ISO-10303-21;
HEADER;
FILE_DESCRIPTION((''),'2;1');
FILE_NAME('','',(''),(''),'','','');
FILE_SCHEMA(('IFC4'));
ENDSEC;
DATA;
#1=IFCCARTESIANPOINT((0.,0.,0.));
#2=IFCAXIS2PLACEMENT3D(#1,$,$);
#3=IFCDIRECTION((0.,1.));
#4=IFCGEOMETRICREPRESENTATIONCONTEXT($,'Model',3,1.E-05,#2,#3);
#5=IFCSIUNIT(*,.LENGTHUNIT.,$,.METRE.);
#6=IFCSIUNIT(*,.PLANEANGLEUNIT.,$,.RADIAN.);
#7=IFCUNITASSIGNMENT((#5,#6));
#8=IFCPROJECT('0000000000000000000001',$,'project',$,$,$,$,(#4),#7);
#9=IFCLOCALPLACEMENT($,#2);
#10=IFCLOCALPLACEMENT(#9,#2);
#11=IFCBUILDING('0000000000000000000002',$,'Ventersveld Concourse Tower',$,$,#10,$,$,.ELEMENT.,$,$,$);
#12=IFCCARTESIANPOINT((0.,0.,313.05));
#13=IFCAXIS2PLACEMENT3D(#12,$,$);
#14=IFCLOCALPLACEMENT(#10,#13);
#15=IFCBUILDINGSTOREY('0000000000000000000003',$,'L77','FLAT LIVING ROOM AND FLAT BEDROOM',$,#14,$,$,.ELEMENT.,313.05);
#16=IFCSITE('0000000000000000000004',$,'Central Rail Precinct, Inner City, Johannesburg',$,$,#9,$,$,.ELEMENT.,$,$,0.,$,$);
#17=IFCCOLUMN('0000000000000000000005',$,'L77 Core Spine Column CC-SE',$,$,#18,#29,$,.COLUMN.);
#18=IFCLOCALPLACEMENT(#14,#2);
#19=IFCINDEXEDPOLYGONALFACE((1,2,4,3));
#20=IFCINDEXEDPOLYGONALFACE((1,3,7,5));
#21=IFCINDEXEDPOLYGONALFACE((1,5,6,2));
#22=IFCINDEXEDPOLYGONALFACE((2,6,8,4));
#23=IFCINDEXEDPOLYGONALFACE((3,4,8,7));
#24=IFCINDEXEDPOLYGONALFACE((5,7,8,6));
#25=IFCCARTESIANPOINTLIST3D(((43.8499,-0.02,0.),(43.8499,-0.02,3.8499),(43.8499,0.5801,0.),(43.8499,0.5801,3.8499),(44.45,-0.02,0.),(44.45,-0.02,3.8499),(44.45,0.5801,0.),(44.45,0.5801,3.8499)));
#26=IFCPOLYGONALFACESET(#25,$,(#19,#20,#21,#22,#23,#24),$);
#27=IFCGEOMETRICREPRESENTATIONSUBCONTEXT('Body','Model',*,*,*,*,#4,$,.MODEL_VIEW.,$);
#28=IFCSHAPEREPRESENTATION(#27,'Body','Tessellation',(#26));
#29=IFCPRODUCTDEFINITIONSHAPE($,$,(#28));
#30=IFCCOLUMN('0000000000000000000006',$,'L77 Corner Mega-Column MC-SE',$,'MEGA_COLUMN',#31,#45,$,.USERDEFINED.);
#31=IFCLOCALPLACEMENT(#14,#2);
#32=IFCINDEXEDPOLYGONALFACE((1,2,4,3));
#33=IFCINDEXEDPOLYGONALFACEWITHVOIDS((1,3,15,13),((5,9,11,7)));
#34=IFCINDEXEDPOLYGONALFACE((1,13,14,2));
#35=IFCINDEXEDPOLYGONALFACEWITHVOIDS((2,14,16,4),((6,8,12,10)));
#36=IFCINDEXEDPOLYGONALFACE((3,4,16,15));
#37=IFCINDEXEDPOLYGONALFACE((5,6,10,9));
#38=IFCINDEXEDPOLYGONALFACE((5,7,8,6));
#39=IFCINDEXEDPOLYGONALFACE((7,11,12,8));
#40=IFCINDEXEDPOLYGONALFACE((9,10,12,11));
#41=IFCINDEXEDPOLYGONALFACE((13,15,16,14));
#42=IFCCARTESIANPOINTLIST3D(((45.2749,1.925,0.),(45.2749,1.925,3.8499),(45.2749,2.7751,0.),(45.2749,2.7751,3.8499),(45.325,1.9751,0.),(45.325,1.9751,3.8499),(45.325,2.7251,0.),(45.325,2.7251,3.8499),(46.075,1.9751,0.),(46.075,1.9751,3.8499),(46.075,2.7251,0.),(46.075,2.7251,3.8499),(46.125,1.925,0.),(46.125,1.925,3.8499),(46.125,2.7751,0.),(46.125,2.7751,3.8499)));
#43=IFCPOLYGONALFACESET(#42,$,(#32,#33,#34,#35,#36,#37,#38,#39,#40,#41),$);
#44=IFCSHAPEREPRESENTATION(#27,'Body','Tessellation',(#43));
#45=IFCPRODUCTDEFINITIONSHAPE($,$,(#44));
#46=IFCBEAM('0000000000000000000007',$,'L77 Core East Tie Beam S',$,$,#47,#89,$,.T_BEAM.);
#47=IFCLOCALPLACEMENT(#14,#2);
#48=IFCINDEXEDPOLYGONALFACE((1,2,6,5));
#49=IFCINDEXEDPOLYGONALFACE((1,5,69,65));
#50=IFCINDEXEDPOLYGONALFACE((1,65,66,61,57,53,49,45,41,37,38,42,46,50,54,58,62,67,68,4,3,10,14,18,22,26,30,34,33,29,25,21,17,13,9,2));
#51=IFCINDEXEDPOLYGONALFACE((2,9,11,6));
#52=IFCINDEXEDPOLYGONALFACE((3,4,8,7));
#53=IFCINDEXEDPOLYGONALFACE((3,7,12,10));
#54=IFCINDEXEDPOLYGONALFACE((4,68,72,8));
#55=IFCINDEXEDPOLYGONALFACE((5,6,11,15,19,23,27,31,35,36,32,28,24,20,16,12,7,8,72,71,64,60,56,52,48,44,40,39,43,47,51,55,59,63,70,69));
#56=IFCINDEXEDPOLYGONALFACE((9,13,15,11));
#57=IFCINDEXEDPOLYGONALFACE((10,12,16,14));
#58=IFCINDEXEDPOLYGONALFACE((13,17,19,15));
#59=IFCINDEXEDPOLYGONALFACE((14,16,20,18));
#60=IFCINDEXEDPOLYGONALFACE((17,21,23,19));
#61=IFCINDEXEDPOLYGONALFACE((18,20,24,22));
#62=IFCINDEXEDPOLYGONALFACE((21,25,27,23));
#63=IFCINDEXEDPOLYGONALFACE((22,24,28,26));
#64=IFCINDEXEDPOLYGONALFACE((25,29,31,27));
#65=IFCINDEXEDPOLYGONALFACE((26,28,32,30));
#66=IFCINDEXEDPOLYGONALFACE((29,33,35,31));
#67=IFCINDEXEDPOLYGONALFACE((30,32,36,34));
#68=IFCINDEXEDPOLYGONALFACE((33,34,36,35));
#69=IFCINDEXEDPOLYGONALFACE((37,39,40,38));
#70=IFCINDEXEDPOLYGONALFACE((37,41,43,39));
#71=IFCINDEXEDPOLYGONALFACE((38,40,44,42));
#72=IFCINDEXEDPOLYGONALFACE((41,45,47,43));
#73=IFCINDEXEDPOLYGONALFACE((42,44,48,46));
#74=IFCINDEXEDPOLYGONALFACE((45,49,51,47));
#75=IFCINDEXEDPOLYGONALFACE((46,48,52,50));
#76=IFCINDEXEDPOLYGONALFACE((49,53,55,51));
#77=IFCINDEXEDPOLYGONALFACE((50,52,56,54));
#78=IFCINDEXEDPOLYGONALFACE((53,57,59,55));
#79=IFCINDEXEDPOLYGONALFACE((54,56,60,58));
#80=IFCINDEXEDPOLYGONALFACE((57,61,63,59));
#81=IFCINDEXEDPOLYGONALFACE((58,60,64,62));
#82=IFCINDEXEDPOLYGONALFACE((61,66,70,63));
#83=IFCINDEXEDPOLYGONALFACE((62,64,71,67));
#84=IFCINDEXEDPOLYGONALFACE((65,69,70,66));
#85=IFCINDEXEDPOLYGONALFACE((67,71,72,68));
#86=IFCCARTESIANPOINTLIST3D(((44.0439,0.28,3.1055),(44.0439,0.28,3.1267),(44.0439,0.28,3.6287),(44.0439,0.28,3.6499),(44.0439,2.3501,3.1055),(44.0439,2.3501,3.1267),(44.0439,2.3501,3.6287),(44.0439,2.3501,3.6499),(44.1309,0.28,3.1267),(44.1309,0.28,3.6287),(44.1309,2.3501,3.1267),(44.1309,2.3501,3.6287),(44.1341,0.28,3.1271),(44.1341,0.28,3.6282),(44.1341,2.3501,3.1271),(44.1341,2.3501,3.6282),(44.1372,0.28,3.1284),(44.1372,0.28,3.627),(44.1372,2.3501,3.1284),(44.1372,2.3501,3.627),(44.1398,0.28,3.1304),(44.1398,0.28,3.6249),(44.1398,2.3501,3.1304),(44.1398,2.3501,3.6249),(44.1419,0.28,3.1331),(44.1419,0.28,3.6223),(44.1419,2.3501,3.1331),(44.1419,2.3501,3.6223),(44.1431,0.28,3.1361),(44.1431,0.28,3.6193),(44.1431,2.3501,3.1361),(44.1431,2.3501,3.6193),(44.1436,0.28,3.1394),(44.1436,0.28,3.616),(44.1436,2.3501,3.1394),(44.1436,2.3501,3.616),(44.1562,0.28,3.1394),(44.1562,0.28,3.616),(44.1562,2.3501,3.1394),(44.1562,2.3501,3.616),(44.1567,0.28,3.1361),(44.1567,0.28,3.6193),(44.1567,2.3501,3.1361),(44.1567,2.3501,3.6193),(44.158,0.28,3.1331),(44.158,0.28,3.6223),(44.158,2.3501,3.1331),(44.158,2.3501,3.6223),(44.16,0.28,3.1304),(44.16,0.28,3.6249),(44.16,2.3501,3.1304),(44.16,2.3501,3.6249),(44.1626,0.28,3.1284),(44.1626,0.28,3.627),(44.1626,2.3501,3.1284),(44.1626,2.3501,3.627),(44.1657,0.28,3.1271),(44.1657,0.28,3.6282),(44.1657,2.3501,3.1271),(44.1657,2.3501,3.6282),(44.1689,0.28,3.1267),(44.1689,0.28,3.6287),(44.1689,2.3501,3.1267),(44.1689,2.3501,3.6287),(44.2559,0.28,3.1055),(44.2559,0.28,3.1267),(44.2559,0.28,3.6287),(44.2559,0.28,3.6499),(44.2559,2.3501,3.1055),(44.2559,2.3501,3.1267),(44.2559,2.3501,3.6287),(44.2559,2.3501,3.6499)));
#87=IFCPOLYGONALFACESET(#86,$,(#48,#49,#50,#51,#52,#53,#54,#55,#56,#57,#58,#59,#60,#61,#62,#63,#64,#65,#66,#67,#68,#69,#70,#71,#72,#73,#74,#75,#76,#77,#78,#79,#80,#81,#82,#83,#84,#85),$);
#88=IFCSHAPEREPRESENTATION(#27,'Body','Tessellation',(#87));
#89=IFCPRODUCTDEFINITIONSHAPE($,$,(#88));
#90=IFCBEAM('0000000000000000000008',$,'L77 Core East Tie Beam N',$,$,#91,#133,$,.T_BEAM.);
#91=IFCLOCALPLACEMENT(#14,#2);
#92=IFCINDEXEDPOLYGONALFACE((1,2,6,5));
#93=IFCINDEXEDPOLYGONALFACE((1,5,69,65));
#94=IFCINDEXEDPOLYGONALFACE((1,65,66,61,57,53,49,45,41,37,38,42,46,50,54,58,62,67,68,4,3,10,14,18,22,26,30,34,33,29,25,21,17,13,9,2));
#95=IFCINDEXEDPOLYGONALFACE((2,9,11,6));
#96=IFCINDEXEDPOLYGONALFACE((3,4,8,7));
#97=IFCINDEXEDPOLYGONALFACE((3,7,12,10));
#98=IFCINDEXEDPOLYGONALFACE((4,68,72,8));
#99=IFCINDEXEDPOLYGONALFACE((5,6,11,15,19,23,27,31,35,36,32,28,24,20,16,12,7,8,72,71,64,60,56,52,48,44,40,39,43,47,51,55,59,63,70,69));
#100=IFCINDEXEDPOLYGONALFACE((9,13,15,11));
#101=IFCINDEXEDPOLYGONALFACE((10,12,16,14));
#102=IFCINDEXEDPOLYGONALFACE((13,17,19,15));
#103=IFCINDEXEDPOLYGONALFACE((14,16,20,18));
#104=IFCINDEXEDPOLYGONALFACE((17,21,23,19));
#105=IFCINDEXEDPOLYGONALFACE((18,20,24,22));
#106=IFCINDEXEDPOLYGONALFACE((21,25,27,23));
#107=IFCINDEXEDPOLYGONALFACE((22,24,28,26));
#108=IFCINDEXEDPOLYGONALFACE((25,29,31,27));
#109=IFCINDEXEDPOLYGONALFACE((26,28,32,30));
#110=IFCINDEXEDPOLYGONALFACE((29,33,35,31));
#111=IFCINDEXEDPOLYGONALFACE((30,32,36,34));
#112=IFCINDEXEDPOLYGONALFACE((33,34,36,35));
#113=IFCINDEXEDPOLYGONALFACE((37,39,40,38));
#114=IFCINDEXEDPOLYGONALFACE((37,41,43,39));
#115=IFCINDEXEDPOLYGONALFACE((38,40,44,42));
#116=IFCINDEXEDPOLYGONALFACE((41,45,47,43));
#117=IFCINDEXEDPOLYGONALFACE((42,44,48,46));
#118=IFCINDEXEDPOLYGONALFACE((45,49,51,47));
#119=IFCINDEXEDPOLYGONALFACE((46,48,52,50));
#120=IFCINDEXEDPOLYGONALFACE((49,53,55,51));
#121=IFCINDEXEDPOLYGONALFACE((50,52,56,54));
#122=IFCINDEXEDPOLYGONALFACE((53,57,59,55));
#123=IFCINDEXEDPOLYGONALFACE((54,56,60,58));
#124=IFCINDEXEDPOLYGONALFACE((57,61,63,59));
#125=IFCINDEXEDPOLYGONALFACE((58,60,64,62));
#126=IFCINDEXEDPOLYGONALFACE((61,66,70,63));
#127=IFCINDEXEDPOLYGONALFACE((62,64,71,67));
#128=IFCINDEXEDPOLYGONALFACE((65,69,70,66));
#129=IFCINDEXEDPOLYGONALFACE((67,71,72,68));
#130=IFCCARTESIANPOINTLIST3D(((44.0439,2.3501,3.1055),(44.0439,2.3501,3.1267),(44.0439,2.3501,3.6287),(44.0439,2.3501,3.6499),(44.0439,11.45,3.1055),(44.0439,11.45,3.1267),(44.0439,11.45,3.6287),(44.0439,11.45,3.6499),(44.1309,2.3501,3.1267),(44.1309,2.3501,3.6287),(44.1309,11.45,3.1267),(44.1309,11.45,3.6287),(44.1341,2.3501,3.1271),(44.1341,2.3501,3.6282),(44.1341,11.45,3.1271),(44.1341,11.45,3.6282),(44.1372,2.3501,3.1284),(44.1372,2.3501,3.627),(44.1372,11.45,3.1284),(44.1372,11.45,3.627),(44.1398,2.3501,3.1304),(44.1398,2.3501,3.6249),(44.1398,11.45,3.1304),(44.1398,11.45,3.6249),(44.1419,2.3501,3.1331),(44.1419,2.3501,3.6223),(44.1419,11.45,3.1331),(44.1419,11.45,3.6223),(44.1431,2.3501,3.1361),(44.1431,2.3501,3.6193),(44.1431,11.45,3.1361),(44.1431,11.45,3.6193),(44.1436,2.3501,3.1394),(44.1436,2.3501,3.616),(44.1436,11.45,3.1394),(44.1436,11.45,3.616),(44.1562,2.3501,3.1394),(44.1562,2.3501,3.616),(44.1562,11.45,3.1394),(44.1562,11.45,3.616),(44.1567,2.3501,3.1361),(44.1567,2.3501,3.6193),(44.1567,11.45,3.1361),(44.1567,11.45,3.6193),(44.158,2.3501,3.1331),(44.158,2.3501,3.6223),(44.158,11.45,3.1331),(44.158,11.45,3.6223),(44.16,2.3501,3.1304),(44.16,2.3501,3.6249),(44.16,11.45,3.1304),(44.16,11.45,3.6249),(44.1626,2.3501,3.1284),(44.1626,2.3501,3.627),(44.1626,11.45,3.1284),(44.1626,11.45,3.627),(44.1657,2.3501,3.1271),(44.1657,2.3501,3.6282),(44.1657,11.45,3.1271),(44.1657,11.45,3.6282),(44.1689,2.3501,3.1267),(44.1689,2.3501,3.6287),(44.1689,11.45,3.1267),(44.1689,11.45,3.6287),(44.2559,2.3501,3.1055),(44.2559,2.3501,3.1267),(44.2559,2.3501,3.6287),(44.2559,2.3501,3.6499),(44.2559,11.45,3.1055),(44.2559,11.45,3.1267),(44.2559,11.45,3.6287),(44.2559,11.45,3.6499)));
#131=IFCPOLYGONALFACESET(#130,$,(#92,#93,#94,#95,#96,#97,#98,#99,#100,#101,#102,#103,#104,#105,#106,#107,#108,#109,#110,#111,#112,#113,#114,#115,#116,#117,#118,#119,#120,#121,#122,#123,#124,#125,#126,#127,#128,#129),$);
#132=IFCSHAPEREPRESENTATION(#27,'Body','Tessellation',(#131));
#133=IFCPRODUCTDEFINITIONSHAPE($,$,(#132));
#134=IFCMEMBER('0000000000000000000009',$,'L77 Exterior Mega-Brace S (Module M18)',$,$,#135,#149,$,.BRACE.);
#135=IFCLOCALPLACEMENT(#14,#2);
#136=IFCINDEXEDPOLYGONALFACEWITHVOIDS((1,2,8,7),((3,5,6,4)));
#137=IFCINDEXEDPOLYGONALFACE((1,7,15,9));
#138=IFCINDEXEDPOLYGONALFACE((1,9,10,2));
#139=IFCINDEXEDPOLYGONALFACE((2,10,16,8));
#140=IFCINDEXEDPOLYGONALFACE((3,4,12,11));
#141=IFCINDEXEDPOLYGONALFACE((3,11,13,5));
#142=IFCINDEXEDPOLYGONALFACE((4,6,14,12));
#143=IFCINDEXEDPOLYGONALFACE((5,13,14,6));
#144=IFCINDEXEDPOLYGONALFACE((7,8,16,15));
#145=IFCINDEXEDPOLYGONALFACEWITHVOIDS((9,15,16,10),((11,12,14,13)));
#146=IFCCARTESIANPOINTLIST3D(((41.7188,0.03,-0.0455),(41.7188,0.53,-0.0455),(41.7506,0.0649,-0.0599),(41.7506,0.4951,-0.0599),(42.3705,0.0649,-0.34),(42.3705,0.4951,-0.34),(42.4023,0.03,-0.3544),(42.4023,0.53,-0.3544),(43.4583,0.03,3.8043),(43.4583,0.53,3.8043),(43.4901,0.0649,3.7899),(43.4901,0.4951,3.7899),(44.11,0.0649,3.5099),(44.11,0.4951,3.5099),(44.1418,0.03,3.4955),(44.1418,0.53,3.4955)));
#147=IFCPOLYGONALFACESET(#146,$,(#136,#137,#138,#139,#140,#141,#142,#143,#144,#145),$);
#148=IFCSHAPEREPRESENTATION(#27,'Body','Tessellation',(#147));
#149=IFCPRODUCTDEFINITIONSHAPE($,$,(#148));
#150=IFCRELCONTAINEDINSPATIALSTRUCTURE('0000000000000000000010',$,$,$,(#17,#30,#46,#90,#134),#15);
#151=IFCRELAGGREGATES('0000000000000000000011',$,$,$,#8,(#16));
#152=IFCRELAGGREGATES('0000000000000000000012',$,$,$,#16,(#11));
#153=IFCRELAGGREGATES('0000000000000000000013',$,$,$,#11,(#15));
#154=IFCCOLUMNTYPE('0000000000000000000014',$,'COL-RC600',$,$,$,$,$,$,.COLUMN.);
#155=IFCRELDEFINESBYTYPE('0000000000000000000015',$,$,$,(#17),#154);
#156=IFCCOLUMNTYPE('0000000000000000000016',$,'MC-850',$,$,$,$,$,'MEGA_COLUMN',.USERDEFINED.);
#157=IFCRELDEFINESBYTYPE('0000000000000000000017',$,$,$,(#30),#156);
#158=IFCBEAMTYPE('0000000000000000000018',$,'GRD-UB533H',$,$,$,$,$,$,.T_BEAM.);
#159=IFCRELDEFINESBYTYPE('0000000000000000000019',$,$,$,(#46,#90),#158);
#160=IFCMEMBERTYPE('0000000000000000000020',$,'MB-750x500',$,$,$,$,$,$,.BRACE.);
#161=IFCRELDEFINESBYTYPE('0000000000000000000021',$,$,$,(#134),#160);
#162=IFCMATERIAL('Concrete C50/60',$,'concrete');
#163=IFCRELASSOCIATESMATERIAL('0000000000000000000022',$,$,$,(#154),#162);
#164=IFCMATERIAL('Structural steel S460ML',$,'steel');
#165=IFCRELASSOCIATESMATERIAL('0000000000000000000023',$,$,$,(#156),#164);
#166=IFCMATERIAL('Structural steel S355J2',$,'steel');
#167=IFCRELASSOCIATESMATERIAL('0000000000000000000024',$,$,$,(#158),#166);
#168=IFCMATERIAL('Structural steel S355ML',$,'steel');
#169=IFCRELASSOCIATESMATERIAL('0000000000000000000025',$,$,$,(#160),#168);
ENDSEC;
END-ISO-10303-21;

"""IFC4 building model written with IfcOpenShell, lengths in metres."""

from ifc_helpers import new_model, si_unit, direction, frame, origin, origin_2d, place, context, subcontext, project, spatial, rectangle, hollow_rectangle, i_section, extrude, material, material_profile, profile_set, type_object, element, save


model = new_model("IFC4")

# Units and contexts
model_context = context("Model", 3, precision=1e-05, world=origin(), true_north=direction((0.0, 1.0)))
body_context = subcontext(model_context, "Body", "Model", "MODEL_VIEW")
ifc_project = project(units=[si_unit("LENGTHUNIT", "METRE"), si_unit("PLANEANGLEUNIT", "RADIAN")], contexts=[model_context])

# Site, building, storey
site_placement = place(None, origin())
site = spatial("IfcSite", under=ifc_project, at=site_placement, Name="Central Rail Precinct, Inner City, Johannesburg", CompositionType="ELEMENT", RefElevation=0.0)
building_placement = place(site_placement, origin())
building = spatial("IfcBuilding", under=site, at=building_placement, Name="Ventersveld Concourse Tower", CompositionType="ELEMENT")
storey_placement = place(building_placement, frame((0.0, 0.0, 313.05)))
storey = spatial("IfcBuildingStorey", under=building, at=storey_placement, Name="L77", Description="FLAT LIVING ROOM AND FLAT BEDROOM", CompositionType="ELEMENT", Elevation=313.05)

# Columns
ifc_material_1 = material(Name="Concrete C50/60", Category="concrete")
ifc_material_profile_1 = material_profile(ifc_material_1, rectangle(XDim=0.6001, YDim=0.6001, at=origin_2d()), Name="RC 600x600")
ifc_profile_set_1 = profile_set([ifc_material_profile_1], Name="Concrete C50/60")
column_type_1 = type_object("IfcColumnType", Name="COL-RC600", PredefinedType="COLUMN", material=ifc_profile_set_1)
column_1_placement = place(storey_placement, frame((44.1499, 0.28, 0.0), z_axis=(0.0, 0.0, 1.0), x_axis=(1.0, 0.0, 0.0)))
element("IfcColumn", 1, at=column_1_placement, inside=storey, type_object=column_type_1, Name="L77 Core Spine Column CC-SE", PredefinedType="COLUMN", context=body_context, shape_type="SweptSolid", body=[
    extrude(rectangle(XDim=0.6001, YDim=0.6001, at=origin_2d()), origin(), (0.0, 0.0, 1.0), 3.8499),
])
ifc_material_2 = material(Name="Structural steel S460ML", Category="steel")
ifc_material_profile_2 = material_profile(ifc_material_2, hollow_rectangle(XDim=0.8501, YDim=0.8501, WallThickness=0.05, at=origin_2d()), Name="BOX 850x850x50")
ifc_profile_set_2 = profile_set([ifc_material_profile_2], Name="Structural steel S460ML")
column_type_2 = type_object("IfcColumnType", Name="MC-850", ElementType="MEGA_COLUMN", PredefinedType="USERDEFINED", material=ifc_profile_set_2)
column_2_placement = place(storey_placement, frame((45.7, 2.3501, 0.0), z_axis=(0.0, 0.0, 1.0), x_axis=(1.0, 0.0, 0.0)))
element("IfcColumn", 2, at=column_2_placement, inside=storey, type_object=column_type_2, Name="L77 Corner Mega-Column MC-SE", ObjectType="MEGA_COLUMN", PredefinedType="USERDEFINED", context=body_context, shape_type="SweptSolid", body=[
    extrude(hollow_rectangle(XDim=0.8501, YDim=0.8501, WallThickness=0.05, at=origin_2d()), origin(), (0.0, 0.0, 1.0), 3.8499),
])

# Beams
ifc_material_3 = material(Name="Structural steel S355J2", Category="steel")
ifc_material_profile_3 = material_profile(ifc_material_3, i_section(OverallWidth=0.2119, OverallDepth=0.5444, WebThickness=0.0127, FlangeThickness=0.0212, FilletRadius=0.0127, at=origin_2d()), Name="UB 533x210x122")
ifc_profile_set_3 = profile_set([ifc_material_profile_3], Name="Structural steel S355J2")
beam_type_1 = type_object("IfcBeamType", Name="GRD-UB533H", PredefinedType="T_BEAM", material=ifc_profile_set_3)
beam_1_placement = place(storey_placement, frame((44.1499, 0.28, 3.3777), z_axis=(0.0, 1.0, 0.0), x_axis=(-1.0, 0.0, 0.0)))
element("IfcBeam", 3, at=beam_1_placement, inside=storey, type_object=beam_type_1, Name="L77 Core East Tie Beam S", PredefinedType="T_BEAM", context=body_context, shape_type="SweptSolid", body=[
    extrude(i_section(OverallWidth=0.2119, OverallDepth=0.5444, WebThickness=0.0127, FlangeThickness=0.0212, FilletRadius=0.0127, at=origin_2d()), origin(), (0.0, 0.0, 1.0), 2.0701),
])
beam_2_placement = place(storey_placement, frame((44.1499, 2.3501, 3.3777), z_axis=(0.0, 1.0, 0.0), x_axis=(-1.0, 0.0, 0.0)))
element("IfcBeam", 4, at=beam_2_placement, inside=storey, type_object=beam_type_1, Name="L77 Core East Tie Beam N", PredefinedType="T_BEAM", context=body_context, shape_type="SweptSolid", body=[
    extrude(i_section(OverallWidth=0.2119, OverallDepth=0.5444, WebThickness=0.0127, FlangeThickness=0.0212, FilletRadius=0.0127, at=origin_2d()), origin(), (0.0, 0.0, 1.0), 9.0999),
])

# Member
ifc_material_4 = material(Name="Structural steel S355ML", Category="steel")
ifc_material_profile_4 = material_profile(ifc_material_4, hollow_rectangle(XDim=0.5, YDim=0.75, WallThickness=0.0349, at=origin_2d()), Name="BOX 750x500x35")
ifc_profile_set_4 = profile_set([ifc_material_profile_4], Name="Structural steel S355ML")
member_type = type_object("IfcMemberType", Name="MB-750x500", PredefinedType="BRACE", material=ifc_profile_set_4)
member_placement = place(storey_placement, frame((42.0605, 0.28, -0.2), z_axis=(0.411755, 0.0, 0.911294), x_axis=(0.0, 1.0, 0.0)))
element("IfcMember", 5, at=member_placement, inside=storey, type_object=member_type, Name="L77 Exterior Mega-Brace S (Module M18)", PredefinedType="BRACE", context=body_context, shape_type="SweptSolid", body=[
    extrude(hollow_rectangle(XDim=0.5, YDim=0.75, WallThickness=0.0349, at=origin_2d()), origin(), (0.0, 0.0, 1.0), 4.2246),
])

save(model, "model.ifc")
